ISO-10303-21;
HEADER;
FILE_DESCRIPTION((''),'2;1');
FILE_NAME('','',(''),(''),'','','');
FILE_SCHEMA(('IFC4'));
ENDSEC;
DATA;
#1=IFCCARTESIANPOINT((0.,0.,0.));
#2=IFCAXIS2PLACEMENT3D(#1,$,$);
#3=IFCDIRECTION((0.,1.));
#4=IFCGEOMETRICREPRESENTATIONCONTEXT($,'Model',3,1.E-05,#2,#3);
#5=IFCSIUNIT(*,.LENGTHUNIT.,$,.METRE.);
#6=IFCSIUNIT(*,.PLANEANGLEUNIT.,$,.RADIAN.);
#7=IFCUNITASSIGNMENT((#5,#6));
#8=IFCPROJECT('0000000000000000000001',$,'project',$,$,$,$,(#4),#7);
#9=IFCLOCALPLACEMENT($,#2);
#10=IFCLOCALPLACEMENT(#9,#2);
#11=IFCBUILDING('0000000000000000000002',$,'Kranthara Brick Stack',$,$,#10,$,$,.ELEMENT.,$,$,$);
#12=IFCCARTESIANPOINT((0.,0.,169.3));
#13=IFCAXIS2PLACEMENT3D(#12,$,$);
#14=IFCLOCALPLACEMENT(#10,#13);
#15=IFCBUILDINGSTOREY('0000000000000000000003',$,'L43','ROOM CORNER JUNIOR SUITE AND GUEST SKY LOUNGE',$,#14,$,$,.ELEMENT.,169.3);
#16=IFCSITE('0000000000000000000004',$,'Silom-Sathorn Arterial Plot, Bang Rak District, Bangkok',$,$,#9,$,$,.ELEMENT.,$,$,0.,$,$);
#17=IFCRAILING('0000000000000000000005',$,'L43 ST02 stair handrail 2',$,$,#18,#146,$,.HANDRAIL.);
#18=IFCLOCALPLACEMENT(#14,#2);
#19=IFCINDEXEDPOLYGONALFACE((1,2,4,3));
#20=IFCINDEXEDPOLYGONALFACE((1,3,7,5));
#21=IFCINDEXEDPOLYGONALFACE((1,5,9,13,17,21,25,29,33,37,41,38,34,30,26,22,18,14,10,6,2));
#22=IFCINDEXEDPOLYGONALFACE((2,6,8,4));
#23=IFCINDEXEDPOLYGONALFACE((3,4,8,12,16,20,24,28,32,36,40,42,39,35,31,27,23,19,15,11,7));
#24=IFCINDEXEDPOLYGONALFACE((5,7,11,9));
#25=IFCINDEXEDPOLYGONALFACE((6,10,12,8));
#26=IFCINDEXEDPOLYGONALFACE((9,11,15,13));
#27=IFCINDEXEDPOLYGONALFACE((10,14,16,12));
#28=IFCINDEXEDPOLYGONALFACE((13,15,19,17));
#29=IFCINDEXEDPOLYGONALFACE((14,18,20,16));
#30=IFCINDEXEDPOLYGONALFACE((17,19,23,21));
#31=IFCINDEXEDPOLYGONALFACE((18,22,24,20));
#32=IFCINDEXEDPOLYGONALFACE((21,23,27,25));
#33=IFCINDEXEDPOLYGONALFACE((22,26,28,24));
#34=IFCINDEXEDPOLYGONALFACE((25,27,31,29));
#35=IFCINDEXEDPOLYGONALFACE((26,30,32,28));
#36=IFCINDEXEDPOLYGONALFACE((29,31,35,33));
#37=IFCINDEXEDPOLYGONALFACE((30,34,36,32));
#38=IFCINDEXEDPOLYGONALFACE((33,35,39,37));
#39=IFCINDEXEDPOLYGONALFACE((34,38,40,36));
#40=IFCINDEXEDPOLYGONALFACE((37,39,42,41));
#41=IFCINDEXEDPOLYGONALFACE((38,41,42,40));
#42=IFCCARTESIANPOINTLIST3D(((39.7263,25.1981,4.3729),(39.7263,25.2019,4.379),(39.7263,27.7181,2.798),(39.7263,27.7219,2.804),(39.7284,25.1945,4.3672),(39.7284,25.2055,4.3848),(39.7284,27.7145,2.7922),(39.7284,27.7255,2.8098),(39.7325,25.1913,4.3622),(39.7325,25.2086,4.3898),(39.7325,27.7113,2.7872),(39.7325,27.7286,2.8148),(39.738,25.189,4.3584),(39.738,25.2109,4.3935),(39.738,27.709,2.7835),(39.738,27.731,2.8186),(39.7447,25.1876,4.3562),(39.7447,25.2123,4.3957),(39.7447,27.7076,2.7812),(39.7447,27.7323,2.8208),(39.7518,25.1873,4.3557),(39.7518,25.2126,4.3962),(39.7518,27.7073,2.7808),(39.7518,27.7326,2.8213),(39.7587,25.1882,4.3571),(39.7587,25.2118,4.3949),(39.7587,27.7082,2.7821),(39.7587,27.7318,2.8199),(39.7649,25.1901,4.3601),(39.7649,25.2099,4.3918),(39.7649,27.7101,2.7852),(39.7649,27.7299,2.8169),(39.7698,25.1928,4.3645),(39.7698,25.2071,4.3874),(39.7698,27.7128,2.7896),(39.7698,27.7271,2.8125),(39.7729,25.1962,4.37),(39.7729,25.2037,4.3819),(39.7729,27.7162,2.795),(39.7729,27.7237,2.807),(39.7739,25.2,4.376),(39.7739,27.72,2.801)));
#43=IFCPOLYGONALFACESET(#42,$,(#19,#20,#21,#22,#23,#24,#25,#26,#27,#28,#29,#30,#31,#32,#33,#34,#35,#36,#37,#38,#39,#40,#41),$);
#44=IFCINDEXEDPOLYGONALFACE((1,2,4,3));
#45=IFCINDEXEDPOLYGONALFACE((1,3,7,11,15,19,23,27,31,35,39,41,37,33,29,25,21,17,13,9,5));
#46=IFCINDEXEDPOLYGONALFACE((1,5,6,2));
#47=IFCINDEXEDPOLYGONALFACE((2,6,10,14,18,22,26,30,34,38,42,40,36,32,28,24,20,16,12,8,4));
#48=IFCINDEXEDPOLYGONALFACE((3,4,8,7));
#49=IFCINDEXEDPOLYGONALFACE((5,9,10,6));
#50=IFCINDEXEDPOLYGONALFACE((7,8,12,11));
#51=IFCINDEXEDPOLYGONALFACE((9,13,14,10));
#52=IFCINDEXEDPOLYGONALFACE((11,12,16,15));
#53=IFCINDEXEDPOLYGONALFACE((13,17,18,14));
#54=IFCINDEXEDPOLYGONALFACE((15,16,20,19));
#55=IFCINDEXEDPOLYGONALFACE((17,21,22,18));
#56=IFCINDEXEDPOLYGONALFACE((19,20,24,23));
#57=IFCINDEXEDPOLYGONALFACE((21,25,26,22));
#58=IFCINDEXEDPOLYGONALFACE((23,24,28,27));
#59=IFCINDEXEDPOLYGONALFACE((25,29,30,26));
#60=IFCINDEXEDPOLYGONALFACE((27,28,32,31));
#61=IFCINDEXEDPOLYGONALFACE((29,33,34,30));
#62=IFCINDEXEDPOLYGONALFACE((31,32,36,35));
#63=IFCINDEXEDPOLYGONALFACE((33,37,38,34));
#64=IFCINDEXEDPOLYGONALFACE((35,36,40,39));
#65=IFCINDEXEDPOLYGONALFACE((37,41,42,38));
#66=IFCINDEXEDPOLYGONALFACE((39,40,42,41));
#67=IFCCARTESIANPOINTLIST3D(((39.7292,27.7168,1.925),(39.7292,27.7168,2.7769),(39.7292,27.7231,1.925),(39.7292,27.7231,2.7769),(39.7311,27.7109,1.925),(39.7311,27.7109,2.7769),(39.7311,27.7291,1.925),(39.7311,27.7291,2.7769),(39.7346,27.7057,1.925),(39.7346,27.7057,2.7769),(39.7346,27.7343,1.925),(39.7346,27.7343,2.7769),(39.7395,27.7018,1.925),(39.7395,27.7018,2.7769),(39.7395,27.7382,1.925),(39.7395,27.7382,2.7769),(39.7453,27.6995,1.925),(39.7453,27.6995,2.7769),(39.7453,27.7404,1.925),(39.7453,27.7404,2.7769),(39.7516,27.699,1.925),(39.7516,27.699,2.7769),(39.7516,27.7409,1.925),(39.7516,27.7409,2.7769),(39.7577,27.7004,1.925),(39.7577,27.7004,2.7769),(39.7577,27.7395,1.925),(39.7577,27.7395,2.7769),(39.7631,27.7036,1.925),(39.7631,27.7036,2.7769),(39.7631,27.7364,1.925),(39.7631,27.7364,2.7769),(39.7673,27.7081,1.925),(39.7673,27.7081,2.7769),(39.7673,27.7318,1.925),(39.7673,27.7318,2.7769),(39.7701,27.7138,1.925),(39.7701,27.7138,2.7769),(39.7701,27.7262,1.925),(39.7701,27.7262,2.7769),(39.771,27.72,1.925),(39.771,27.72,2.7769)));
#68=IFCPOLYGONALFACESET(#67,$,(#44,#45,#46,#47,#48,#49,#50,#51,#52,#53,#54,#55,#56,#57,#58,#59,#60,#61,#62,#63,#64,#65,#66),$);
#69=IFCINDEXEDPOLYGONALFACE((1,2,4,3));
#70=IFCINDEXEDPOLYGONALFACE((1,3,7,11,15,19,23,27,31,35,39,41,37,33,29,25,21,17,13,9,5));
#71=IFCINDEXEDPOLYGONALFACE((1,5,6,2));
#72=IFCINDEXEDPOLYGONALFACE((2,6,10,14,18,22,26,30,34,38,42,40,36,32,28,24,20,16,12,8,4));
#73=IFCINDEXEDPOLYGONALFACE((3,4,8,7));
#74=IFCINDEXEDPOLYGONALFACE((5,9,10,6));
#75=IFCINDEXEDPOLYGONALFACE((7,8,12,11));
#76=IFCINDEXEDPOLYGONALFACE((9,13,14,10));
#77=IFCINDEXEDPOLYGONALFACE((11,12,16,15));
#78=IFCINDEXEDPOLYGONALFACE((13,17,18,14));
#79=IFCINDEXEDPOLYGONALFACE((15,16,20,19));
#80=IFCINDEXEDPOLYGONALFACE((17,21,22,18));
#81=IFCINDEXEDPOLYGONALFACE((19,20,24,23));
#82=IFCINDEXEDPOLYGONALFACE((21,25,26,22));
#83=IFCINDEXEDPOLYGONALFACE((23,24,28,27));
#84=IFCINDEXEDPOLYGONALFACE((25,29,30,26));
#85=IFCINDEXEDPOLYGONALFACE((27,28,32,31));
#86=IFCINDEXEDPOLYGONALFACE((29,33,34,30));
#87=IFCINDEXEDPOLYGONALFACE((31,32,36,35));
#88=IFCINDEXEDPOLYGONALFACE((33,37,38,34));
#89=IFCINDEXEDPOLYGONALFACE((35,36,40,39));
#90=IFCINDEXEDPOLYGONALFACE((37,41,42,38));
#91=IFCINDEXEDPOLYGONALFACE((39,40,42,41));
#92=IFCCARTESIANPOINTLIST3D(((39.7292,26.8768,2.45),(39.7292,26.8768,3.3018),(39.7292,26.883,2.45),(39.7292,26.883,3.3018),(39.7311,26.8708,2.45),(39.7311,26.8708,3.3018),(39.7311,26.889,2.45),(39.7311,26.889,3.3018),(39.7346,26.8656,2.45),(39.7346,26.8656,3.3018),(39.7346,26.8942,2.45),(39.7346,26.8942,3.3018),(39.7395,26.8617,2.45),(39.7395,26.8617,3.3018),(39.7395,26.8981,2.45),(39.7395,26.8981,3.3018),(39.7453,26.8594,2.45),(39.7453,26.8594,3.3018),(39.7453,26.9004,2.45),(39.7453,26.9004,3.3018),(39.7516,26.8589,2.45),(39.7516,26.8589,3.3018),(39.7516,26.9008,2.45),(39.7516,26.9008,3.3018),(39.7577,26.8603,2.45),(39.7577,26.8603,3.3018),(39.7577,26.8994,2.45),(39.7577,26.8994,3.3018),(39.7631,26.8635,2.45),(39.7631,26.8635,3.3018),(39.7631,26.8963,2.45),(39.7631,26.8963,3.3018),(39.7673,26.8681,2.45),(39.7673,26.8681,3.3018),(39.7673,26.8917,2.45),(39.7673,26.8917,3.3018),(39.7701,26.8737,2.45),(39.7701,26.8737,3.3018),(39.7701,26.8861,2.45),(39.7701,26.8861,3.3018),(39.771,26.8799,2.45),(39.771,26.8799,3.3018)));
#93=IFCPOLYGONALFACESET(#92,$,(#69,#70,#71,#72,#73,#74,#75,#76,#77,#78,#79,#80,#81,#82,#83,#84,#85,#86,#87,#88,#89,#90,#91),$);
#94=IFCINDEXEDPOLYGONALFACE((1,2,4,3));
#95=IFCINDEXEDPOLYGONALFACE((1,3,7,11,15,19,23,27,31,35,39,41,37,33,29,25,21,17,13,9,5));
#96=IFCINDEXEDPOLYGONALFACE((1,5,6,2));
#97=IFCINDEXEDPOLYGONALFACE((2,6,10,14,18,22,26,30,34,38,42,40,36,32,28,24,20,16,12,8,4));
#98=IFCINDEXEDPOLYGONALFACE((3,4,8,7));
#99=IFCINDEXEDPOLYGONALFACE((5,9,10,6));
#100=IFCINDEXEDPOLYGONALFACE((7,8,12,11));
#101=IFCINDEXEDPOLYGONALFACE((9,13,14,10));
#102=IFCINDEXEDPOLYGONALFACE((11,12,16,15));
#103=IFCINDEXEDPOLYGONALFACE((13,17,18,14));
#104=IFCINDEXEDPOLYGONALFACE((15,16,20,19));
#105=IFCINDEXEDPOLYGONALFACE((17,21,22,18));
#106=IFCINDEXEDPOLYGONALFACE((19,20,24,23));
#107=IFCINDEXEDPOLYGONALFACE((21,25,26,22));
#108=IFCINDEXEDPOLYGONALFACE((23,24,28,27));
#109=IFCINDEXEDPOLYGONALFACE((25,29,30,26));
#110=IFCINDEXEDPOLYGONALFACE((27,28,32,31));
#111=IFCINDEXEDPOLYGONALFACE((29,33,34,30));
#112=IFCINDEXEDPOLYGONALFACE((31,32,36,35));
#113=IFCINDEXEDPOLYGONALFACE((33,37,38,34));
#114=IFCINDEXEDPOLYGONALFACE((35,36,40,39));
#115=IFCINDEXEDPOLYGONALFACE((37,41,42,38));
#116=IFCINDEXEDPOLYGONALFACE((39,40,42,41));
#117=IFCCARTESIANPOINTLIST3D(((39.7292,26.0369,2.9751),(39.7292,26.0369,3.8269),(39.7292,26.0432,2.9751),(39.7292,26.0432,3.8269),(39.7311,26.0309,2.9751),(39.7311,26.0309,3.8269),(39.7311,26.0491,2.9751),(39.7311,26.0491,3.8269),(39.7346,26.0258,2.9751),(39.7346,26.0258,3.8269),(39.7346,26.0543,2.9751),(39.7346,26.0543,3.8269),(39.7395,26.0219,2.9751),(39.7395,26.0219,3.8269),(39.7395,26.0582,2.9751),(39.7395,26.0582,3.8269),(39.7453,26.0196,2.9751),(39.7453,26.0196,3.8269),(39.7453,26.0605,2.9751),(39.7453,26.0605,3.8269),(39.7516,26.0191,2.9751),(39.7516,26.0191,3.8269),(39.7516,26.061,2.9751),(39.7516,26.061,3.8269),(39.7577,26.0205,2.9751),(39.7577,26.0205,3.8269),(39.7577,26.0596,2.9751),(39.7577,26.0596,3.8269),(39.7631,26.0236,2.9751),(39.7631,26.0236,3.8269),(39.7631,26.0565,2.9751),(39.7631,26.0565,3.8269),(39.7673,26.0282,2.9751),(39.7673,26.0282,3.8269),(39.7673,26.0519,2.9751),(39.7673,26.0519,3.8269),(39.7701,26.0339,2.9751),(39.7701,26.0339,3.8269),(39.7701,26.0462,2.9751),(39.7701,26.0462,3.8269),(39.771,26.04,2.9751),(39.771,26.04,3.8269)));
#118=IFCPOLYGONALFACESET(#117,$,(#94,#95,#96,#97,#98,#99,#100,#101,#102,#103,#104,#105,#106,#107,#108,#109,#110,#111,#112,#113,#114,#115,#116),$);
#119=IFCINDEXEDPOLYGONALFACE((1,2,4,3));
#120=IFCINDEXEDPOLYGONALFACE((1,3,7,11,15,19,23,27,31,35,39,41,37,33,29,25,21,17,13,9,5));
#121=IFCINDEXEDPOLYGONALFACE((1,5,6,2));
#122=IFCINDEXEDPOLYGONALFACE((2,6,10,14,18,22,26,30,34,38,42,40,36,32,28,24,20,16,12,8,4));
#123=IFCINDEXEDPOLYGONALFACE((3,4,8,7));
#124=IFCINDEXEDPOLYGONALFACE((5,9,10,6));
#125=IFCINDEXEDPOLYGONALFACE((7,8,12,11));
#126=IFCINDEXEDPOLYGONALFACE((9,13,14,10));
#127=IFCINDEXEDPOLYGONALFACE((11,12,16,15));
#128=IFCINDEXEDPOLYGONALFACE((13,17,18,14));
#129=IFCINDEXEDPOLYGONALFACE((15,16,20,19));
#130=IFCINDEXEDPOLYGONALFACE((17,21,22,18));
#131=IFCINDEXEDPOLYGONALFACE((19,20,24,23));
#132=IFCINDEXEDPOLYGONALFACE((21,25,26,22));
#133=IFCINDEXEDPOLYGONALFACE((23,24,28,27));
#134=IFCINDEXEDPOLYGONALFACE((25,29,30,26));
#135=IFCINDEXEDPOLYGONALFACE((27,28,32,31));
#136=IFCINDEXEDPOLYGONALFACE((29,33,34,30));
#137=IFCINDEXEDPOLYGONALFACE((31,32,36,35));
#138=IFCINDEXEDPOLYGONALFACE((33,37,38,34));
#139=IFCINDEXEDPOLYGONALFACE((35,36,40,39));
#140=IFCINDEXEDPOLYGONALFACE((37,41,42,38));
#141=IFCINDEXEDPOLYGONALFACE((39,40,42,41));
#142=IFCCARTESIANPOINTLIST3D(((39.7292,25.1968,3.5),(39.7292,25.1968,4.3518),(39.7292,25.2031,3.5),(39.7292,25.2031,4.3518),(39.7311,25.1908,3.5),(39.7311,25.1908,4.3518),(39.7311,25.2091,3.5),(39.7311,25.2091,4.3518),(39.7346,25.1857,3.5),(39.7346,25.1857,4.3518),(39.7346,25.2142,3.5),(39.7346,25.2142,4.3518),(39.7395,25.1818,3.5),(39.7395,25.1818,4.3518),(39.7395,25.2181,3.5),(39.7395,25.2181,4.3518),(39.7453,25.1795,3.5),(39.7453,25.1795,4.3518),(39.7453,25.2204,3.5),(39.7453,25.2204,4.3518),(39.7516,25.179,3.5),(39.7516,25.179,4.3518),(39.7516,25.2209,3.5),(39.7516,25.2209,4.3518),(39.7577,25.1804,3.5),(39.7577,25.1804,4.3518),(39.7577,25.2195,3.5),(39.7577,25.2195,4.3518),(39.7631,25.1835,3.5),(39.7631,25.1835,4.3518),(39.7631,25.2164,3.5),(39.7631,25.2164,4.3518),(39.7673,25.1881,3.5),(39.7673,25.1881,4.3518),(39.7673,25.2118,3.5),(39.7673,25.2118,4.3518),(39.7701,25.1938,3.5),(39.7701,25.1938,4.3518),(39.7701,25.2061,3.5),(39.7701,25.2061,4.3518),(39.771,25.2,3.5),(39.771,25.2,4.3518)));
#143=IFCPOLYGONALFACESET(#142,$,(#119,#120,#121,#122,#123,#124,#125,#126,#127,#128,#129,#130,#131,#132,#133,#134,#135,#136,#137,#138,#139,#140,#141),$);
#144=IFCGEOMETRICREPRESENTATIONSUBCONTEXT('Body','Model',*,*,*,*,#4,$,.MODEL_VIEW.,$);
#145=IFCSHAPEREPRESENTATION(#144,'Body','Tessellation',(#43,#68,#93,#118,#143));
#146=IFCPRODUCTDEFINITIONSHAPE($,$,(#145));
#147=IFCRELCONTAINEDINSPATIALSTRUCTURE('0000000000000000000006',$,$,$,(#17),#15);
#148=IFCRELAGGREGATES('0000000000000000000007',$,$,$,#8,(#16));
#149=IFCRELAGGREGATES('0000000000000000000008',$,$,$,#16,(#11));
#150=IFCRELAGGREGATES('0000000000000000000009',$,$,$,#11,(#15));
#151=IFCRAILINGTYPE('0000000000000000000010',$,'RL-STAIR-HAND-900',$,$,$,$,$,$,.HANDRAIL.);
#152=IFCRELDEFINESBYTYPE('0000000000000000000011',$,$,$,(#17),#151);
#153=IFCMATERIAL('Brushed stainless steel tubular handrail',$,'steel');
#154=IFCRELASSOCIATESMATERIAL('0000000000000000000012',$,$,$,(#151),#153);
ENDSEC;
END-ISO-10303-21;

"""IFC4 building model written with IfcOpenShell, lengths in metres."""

from ifc_helpers import new_model, si_unit, direction, frame, origin, origin_2d, place, context, subcontext, project, spatial, circle, extrude, material, type_object, element, save


model = new_model("IFC4")

# Units and contexts
model_context = context("Model", 3, precision=1e-05, world=origin(), true_north=direction((0.0, 1.0)))
body_context = subcontext(model_context, "Body", "Model", "MODEL_VIEW")
ifc_project = project(units=[si_unit("LENGTHUNIT", "METRE"), si_unit("PLANEANGLEUNIT", "RADIAN")], contexts=[model_context])

# Site, building, storey
site_placement = place(None, origin())
site = spatial("IfcSite", under=ifc_project, at=site_placement, Name="Silom-Sathorn Arterial Plot, Bang Rak District, Bangkok", CompositionType="ELEMENT", RefElevation=0.0)
building_placement = place(site_placement, origin())
building = spatial("IfcBuilding", under=site, at=building_placement, Name="Kranthara Brick Stack", CompositionType="ELEMENT")
storey_placement = place(building_placement, frame((0.0, 0.0, 169.3)))
storey = spatial("IfcBuildingStorey", under=building, at=storey_placement, Name="L43", Description="ROOM CORNER JUNIOR SUITE AND GUEST SKY LOUNGE", CompositionType="ELEMENT", Elevation=169.3)

# Railing
ifc_material_1 = material(Name="Brushed stainless steel tubular handrail", Category="steel")
railing_type_1 = type_object("IfcRailingType", Name="RL-STAIR-HAND-900", PredefinedType="HANDRAIL", material=ifc_material_1)
railing_1_placement = place(storey_placement, frame((39.75, 27.72, 1.925)))
element("IfcRailing", 1, at=railing_1_placement, inside=storey, type_object=railing_type_1, Name="L43 ST02 stair handrail 2", PredefinedType="HANDRAIL", context=body_context, shape_type="SweptSolid", body=[
    extrude(circle(Radius=0.0239, at=origin_2d()), frame((0.0, 0.0, 0.876), z_axis=(0.0, -0.848008, 0.529984), x_axis=(1.0, 0.0, 0.0)), (0.0, 0.0, 1.0), 2.9717),
    extrude(circle(Radius=0.021, at=origin_2d()), origin(), (0.0, 0.0, 1.0), 0.8518),
    extrude(circle(Radius=0.021, at=origin_2d()), frame((0.0, -0.8401, 0.5249)), (0.0, 0.0, 1.0), 0.8518),
    extrude(circle(Radius=0.021, at=origin_2d()), frame((0.0, -1.6799, 1.05)), (0.0, 0.0, 1.0), 0.8518),
    extrude(circle(Radius=0.021, at=origin_2d()), frame((0.0, -2.52, 1.575)), (0.0, 0.0, 1.0), 0.8518),
])

save(model, "model.ifc")
